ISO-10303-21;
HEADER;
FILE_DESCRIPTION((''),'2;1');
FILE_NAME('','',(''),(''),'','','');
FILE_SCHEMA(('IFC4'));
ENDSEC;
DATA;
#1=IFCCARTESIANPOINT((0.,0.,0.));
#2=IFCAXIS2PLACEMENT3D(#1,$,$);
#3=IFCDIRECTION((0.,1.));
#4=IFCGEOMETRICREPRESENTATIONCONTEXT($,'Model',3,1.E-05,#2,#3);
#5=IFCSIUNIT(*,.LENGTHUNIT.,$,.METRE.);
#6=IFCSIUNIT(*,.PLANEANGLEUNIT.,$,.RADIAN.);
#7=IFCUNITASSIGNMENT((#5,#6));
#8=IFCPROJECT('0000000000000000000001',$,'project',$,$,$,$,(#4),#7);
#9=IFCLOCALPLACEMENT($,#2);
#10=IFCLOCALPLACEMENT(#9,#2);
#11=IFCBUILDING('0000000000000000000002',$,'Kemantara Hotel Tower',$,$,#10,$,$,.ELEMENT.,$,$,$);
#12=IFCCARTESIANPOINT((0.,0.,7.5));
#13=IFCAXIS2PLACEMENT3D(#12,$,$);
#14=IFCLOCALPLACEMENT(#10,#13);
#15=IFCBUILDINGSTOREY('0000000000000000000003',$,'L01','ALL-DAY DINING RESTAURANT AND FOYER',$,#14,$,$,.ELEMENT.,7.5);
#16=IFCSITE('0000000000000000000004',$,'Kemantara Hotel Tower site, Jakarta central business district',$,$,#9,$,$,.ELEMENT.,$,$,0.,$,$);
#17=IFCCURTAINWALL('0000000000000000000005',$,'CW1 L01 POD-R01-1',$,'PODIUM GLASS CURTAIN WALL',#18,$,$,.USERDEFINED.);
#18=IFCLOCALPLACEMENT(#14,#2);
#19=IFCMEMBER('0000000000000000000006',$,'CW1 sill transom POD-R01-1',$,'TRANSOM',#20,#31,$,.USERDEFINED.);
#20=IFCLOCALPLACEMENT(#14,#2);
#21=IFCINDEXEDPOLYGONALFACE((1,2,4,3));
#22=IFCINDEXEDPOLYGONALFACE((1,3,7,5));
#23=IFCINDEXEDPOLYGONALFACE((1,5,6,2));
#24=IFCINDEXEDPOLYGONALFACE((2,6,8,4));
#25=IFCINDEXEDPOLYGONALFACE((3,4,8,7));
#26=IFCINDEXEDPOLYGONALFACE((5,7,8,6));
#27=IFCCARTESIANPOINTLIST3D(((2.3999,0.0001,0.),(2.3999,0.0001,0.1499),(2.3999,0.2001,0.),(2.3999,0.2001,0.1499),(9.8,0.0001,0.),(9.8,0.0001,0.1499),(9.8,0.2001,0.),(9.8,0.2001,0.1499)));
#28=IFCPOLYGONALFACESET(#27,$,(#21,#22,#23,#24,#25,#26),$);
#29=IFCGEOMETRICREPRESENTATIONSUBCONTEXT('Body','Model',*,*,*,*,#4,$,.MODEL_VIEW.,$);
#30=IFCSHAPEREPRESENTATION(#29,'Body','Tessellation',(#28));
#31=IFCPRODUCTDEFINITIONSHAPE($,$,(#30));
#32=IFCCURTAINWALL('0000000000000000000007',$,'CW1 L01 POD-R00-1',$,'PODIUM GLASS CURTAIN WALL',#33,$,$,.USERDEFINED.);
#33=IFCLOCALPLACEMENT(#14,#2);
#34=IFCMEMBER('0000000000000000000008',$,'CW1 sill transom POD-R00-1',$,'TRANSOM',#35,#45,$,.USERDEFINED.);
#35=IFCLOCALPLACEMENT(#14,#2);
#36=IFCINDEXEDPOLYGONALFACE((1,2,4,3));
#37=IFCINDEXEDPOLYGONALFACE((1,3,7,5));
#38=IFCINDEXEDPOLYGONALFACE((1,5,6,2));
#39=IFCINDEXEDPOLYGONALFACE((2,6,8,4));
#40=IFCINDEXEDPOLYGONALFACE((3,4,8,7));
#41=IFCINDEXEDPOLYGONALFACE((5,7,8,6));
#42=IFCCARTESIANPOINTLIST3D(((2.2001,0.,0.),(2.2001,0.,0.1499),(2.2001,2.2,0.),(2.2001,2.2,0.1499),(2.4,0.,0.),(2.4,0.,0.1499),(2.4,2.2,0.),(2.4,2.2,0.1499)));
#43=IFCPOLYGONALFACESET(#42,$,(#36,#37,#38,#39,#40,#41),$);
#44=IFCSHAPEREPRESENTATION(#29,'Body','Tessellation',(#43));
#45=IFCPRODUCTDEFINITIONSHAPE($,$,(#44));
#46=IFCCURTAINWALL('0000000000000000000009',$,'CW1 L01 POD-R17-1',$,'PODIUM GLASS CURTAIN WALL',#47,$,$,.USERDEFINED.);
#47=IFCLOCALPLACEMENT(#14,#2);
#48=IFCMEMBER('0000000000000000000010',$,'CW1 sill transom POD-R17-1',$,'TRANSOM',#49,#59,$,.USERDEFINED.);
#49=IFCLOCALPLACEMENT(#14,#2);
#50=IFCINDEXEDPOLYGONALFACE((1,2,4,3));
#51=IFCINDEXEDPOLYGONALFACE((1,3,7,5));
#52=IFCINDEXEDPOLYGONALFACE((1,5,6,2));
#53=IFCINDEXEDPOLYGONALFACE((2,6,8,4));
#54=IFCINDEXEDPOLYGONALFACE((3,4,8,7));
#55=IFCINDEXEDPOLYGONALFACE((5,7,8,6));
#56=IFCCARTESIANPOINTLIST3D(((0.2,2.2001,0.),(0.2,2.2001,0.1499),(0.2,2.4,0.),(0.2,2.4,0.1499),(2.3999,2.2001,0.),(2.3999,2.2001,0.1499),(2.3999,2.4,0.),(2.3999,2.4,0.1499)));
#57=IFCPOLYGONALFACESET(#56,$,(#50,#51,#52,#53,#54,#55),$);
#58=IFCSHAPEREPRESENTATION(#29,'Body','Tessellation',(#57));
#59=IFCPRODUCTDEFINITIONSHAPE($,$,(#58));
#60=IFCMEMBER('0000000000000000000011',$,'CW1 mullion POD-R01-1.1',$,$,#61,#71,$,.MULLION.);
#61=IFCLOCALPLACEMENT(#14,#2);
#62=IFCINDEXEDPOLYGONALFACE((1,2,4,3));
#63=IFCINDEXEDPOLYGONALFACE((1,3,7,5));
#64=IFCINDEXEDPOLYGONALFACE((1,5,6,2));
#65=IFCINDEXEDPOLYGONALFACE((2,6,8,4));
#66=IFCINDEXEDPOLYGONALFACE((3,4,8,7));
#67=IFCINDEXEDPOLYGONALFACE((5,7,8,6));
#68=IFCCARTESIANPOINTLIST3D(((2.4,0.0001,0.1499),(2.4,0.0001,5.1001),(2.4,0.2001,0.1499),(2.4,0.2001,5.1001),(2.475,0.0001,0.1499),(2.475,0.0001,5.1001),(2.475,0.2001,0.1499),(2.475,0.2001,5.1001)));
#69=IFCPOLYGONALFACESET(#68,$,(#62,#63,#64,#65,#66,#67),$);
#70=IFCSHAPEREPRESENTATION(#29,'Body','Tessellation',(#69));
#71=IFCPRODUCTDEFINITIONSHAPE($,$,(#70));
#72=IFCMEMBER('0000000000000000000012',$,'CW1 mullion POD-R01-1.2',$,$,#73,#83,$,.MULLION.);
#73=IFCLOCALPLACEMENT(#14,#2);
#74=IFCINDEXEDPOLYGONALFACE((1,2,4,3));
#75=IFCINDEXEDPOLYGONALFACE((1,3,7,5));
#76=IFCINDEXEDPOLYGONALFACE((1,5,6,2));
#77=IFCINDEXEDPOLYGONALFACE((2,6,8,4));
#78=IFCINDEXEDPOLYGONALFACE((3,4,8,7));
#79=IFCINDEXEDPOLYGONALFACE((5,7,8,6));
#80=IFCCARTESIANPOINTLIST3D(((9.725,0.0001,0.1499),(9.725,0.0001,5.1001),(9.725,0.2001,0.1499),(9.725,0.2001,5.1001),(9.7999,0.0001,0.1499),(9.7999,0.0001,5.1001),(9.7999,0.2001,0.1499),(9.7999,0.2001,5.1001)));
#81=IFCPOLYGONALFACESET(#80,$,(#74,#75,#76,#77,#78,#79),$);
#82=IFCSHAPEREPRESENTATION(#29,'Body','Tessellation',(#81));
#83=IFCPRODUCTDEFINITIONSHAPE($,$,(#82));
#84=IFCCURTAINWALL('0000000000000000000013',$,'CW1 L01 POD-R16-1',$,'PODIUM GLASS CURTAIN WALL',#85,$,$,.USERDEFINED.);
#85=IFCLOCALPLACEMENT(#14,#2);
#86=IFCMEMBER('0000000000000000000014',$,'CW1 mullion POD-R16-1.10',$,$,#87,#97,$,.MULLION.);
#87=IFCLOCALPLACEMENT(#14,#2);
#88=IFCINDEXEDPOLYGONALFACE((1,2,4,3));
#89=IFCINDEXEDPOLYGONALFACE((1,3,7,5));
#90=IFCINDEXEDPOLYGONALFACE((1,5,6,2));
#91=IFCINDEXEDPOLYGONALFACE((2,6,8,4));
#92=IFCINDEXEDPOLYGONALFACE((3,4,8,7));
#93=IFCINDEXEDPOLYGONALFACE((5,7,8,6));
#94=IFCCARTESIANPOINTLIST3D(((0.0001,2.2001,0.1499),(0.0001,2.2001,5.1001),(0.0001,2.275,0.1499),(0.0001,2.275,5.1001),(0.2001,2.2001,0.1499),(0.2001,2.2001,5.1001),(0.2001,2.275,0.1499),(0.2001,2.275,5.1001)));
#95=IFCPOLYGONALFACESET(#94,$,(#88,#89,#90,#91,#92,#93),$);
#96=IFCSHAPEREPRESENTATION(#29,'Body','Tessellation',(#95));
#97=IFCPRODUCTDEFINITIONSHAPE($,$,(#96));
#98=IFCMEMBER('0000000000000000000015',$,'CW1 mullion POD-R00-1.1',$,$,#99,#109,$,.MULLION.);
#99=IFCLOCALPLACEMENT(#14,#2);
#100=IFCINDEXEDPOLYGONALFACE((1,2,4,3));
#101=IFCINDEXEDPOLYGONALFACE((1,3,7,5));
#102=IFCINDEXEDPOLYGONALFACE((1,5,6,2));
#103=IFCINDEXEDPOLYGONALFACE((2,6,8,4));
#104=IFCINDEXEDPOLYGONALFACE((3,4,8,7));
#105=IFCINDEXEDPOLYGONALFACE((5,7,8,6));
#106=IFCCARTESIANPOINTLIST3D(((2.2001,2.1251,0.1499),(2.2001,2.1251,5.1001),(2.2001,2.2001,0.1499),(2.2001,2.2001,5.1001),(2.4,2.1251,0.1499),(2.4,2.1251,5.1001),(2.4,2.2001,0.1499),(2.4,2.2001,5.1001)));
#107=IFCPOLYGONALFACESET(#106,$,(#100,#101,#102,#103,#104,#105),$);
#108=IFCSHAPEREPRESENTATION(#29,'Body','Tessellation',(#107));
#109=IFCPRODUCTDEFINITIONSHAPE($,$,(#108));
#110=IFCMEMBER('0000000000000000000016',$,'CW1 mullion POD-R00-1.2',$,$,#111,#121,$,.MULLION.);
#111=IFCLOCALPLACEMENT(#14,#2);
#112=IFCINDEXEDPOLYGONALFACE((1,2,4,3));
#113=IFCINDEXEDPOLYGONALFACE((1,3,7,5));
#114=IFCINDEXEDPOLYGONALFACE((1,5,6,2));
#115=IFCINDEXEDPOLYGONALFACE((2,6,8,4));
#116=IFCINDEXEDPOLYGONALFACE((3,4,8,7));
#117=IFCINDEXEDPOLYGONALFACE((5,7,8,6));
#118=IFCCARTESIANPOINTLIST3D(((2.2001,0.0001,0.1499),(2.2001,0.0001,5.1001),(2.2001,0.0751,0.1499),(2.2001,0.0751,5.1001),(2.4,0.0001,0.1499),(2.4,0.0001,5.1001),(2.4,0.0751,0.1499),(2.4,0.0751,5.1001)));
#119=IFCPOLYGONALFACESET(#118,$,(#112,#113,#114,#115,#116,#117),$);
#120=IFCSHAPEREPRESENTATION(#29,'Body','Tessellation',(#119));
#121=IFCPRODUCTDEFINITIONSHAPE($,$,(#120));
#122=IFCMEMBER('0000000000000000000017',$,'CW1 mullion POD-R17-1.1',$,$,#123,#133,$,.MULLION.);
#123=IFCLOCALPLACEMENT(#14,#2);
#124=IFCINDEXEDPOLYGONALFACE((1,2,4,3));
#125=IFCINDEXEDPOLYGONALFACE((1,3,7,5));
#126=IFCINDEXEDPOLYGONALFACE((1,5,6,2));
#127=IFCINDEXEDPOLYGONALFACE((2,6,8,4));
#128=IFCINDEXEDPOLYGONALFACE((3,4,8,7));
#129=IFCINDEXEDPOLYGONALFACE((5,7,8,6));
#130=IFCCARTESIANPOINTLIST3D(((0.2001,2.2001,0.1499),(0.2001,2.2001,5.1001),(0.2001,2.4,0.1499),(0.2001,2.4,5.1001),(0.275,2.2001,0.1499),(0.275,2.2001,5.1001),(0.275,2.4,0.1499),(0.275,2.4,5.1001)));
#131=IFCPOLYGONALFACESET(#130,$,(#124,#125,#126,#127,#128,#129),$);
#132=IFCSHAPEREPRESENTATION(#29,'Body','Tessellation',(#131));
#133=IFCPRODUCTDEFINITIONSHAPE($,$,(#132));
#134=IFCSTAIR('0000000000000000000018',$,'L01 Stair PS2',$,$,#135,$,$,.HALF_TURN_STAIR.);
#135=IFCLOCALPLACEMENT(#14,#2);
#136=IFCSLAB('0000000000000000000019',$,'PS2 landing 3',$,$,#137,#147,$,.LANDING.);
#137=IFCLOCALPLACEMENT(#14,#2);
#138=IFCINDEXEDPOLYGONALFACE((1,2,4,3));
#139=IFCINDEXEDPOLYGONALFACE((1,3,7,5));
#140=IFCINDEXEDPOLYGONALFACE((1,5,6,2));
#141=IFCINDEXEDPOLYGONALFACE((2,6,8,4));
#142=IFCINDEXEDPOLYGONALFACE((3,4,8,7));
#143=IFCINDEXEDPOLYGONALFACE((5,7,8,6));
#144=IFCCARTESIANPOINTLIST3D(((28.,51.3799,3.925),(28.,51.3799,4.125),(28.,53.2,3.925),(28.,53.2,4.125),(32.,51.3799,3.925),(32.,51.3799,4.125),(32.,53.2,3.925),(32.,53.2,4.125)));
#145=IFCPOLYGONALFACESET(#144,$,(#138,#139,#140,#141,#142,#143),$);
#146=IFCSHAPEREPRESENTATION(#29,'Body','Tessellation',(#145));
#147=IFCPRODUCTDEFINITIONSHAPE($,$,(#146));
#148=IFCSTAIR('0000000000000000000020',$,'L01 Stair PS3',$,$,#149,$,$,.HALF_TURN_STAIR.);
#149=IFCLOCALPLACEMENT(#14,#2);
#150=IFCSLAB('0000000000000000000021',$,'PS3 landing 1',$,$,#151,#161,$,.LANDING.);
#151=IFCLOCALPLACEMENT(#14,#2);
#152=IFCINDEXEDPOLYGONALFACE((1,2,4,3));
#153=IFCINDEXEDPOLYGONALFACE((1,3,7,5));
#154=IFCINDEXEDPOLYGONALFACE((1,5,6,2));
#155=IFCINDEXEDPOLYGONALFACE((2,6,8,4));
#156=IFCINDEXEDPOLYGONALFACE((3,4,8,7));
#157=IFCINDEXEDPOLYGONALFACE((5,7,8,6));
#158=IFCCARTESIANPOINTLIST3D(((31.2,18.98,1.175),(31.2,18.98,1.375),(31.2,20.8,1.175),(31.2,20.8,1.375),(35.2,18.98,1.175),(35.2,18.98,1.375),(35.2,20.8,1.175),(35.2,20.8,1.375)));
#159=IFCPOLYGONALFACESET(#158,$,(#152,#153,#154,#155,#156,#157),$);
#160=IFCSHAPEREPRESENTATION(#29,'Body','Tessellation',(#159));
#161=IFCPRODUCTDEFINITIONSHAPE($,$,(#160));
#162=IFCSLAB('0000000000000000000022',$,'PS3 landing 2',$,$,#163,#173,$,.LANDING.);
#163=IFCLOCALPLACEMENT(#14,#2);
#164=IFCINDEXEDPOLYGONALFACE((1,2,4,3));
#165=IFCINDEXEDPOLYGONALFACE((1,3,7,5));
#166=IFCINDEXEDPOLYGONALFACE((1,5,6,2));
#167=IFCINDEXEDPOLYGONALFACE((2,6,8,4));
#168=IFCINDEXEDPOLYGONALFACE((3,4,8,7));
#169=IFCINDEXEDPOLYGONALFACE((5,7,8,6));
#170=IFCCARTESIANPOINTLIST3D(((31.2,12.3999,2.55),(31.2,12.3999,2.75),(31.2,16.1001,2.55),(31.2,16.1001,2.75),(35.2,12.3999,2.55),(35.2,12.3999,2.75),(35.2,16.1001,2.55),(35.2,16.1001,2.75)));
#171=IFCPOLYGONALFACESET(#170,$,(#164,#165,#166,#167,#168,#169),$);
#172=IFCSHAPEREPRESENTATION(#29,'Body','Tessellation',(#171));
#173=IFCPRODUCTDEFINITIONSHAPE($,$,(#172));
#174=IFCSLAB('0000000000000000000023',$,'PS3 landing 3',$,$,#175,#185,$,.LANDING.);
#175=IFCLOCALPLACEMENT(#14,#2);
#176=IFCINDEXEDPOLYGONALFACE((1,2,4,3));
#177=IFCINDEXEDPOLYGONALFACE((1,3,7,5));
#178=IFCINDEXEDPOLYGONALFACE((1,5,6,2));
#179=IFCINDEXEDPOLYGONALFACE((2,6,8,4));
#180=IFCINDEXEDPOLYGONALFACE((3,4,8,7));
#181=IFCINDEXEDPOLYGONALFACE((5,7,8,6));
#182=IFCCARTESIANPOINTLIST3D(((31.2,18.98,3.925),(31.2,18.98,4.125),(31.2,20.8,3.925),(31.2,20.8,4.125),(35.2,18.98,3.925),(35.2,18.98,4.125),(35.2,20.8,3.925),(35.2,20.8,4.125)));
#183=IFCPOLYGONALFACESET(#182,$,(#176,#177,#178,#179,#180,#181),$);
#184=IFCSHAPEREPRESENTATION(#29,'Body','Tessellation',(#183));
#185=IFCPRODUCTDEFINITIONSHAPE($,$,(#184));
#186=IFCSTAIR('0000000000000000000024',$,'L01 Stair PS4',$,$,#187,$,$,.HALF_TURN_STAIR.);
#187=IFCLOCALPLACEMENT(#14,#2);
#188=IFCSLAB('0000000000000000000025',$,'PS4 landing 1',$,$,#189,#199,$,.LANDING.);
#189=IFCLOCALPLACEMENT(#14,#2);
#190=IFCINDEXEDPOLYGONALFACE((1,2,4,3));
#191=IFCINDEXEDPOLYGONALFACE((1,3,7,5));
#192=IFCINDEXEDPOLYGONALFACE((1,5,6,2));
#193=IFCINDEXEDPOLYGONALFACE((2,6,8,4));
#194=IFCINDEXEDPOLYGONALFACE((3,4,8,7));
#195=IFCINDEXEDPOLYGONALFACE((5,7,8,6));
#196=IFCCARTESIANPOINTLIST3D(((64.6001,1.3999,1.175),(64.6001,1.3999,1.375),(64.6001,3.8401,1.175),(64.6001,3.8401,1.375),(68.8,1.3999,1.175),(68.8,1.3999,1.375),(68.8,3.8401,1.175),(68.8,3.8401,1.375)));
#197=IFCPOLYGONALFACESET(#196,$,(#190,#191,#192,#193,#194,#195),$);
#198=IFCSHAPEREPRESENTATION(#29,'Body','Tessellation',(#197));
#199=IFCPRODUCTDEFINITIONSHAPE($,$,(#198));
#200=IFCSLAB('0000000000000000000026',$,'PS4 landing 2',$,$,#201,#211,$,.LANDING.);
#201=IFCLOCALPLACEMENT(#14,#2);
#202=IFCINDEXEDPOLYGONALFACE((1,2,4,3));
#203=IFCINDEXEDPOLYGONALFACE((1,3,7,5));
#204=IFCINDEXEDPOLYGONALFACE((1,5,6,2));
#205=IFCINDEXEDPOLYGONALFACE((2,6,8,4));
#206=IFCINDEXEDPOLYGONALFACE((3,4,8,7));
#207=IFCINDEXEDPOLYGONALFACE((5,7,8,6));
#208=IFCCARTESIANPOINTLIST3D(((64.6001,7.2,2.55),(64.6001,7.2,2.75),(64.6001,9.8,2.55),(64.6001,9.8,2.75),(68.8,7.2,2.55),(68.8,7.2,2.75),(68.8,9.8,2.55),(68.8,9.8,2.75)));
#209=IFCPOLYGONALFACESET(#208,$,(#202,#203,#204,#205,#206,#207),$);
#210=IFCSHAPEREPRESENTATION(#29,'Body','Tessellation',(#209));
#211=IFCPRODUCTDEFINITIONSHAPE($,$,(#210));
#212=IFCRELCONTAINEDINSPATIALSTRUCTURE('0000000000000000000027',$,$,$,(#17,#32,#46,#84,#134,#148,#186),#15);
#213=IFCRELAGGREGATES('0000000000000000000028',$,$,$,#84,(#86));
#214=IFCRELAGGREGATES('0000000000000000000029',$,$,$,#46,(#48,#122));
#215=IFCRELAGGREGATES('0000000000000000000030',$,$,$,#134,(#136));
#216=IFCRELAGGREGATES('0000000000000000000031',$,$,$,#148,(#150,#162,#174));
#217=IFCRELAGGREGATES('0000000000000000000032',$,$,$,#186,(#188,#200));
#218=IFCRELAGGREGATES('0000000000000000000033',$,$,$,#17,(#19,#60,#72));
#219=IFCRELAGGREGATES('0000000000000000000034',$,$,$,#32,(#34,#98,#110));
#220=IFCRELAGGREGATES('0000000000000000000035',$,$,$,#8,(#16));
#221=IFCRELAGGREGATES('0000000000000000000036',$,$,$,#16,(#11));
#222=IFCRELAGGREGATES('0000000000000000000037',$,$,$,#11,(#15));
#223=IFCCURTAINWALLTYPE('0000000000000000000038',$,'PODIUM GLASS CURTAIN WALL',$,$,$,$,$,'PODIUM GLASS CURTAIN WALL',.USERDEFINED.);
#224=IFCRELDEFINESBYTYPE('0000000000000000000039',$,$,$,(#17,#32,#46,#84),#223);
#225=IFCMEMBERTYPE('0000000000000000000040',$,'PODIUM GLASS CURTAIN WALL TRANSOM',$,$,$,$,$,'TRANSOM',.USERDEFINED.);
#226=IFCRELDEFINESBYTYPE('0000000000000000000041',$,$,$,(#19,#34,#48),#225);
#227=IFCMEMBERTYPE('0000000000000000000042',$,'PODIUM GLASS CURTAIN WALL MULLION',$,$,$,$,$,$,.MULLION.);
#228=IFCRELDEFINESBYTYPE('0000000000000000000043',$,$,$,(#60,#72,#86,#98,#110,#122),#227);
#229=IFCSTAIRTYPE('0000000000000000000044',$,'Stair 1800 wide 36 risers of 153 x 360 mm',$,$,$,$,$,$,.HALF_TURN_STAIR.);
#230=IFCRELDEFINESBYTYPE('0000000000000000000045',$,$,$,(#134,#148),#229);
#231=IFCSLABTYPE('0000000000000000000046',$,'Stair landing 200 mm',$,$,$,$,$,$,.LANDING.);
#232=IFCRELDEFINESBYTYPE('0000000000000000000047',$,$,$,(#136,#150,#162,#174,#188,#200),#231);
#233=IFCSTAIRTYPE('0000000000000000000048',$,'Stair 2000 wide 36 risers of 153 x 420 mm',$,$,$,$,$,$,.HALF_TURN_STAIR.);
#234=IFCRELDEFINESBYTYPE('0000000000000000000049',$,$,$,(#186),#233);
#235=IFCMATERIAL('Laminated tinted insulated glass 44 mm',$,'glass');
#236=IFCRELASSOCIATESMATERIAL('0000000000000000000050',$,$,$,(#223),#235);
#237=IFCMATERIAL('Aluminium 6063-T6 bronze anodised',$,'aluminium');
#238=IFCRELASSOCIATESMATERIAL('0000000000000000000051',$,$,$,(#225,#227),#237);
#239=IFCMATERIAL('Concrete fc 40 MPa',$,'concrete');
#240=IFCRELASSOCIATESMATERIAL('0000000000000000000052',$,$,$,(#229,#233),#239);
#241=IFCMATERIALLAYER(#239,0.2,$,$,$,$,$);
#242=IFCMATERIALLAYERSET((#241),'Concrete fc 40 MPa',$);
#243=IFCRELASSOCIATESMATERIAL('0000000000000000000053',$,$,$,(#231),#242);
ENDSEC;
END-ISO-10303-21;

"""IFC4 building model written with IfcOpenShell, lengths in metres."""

from ifc_helpers import new_model, si_unit, direction, frame, origin, origin_2d, place, context, subcontext, project, spatial, polyline, rectangle, outline, extrude, source, transform, mapped, material, layer, layer_set, material_profile, profile_set, type_object, element, aggregate, save


model = new_model("IFC4")

# Units and contexts
model_context = context("Model", 3, precision=1e-05, world=origin(), true_north=direction((0.0, 1.0)))
body_context = subcontext(model_context, "Body", "Model", "MODEL_VIEW")
ifc_project = project(units=[si_unit("LENGTHUNIT", "METRE"), si_unit("PLANEANGLEUNIT", "RADIAN")], contexts=[model_context])

# Site, building, storey
site_placement = place(None, origin())
site = spatial("IfcSite", under=ifc_project, at=site_placement, Name="Kemantara Hotel Tower site, Jakarta central business district", CompositionType="ELEMENT", RefElevation=0.0)
building_placement = place(site_placement, origin())
building = spatial("IfcBuilding", under=site, at=building_placement, Name="Kemantara Hotel Tower", CompositionType="ELEMENT")
storey_placement = place(building_placement, frame((0.0, 0.0, 7.5)))
storey = spatial("IfcBuildingStorey", under=building, at=storey_placement, Name="L01", Description="ALL-DAY DINING RESTAURANT AND FOYER", CompositionType="ELEMENT", Elevation=7.5)

# Curtain walls, members
ifc_material_1 = material(Name="Laminated tinted insulated glass 44 mm", Category="glass")
curtain_wall_type = type_object("IfcCurtainWallType", Name="PODIUM GLASS CURTAIN WALL", ElementType="PODIUM GLASS CURTAIN WALL", PredefinedType="USERDEFINED", material=ifc_material_1)
curtain_wall_1_placement = place(storey_placement, origin())
curtain_wall_1 = element("IfcCurtainWall", 1, at=curtain_wall_1_placement, inside=storey, type_object=curtain_wall_type, Name="CW1 L01 POD-R01-1", ObjectType="PODIUM GLASS CURTAIN WALL", PredefinedType="USERDEFINED")
ifc_material_2 = material(Name="Aluminium 6063-T6 bronze anodised", Category="aluminium")
ifc_material_profile_1 = material_profile(ifc_material_2, rectangle(XDim=0.2, YDim=0.1499, at=origin_2d()), Name="PODIUM GLASS CURTAIN WALL TRANSOM")
ifc_profile_set_1 = profile_set([ifc_material_profile_1], Name="Aluminium 6063-T6 bronze anodised")
member_type_1 = type_object("IfcMemberType", Name="PODIUM GLASS CURTAIN WALL TRANSOM", ElementType="TRANSOM", PredefinedType="USERDEFINED", material=ifc_profile_set_1)
member_1_placement = place(storey_placement, frame((2.3999, 0.1001, 0.075), z_axis=(1.0, 0.0, 0.0), x_axis=(0.0, 1.0, 0.0)))
member_1 = element("IfcMember", 2, at=member_1_placement, type_object=member_type_1, Name="CW1 sill transom POD-R01-1", ObjectType="TRANSOM", PredefinedType="USERDEFINED", context=body_context, shape_type="SweptSolid", body=[
    extrude(rectangle(XDim=0.2, YDim=0.1499, at=origin_2d()), origin(), (0.0, 0.0, 1.0), 7.4001),
])
curtain_wall_2_placement = place(storey_placement, origin())
curtain_wall_2 = element("IfcCurtainWall", 3, at=curtain_wall_2_placement, inside=storey, type_object=curtain_wall_type, Name="CW1 L01 POD-R00-1", ObjectType="PODIUM GLASS CURTAIN WALL", PredefinedType="USERDEFINED")
member_2_placement = place(storey_placement, frame((2.3, 2.2, 0.075), z_axis=(0.0, -1.0, 0.0), x_axis=(1.0, 0.0, 0.0)))
member_2 = element("IfcMember", 4, at=member_2_placement, type_object=member_type_1, Name="CW1 sill transom POD-R00-1", ObjectType="TRANSOM", PredefinedType="USERDEFINED", context=body_context, shape_type="SweptSolid", body=[
    extrude(rectangle(XDim=0.2, YDim=0.1499, at=origin_2d()), origin(), (0.0, 0.0, 1.0), 2.2),
])
curtain_wall_3_placement = place(storey_placement, origin())
curtain_wall_3 = element("IfcCurtainWall", 5, at=curtain_wall_3_placement, inside=storey, type_object=curtain_wall_type, Name="CW1 L01 POD-R17-1", ObjectType="PODIUM GLASS CURTAIN WALL", PredefinedType="USERDEFINED")
member_3_placement = place(storey_placement, frame((0.2, 2.3, 0.075), z_axis=(1.0, 0.0, 0.0), x_axis=(0.0, 1.0, 0.0)))
member_3 = element("IfcMember", 6, at=member_3_placement, type_object=member_type_1, Name="CW1 sill transom POD-R17-1", ObjectType="TRANSOM", PredefinedType="USERDEFINED", context=body_context, shape_type="SweptSolid", body=[
    extrude(rectangle(XDim=0.2, YDim=0.1499, at=origin_2d()), origin(), (0.0, 0.0, 1.0), 2.2),
])

# Members
ifc_material_profile_2 = material_profile(ifc_material_2, rectangle(XDim=0.2, YDim=0.075, at=origin_2d()), Name="PODIUM GLASS CURTAIN WALL MULLION")
ifc_profile_set_2 = profile_set([ifc_material_profile_2], Name="Aluminium 6063-T6 bronze anodised")
member_type_2 = type_object("IfcMemberType", Name="PODIUM GLASS CURTAIN WALL MULLION", PredefinedType="MULLION", material=ifc_profile_set_2)
shared_shape_1 = source(origin(), body_context, "Body", "SweptSolid", [
    extrude(rectangle(XDim=0.2, YDim=0.075, at=origin_2d()), origin(), (0.0, 0.0, 1.0), 4.9502),
])
member_4_placement = place(storey_placement, frame((2.4375, 0.1001, 0.1499), z_axis=(0.0, 0.0, 1.0), x_axis=(0.0, 1.0, 0.0)))
member_4 = element("IfcMember", 7, at=member_4_placement, type_object=member_type_2, Name="CW1 mullion POD-R01-1.1", PredefinedType="MULLION", context=body_context, shape_type="MappedRepresentation", body=[
    mapped(shared_shape_1, transform((0.0, 0.0, 0.0))),
])
member_5_placement = place(storey_placement, frame((9.7625, 0.1001, 0.1499), z_axis=(0.0, 0.0, 1.0), x_axis=(0.0, 1.0, 0.0)))
member_5 = element("IfcMember", 8, at=member_5_placement, type_object=member_type_2, Name="CW1 mullion POD-R01-1.2", PredefinedType="MULLION", context=body_context, shape_type="MappedRepresentation", body=[
    mapped(shared_shape_1, transform((0.0, 0.0, 0.0))),
])

# Curtain wall, member
curtain_wall_4_placement = place(storey_placement, origin())
curtain_wall_4 = element("IfcCurtainWall", 9, at=curtain_wall_4_placement, inside=storey, type_object=curtain_wall_type, Name="CW1 L01 POD-R16-1", ObjectType="PODIUM GLASS CURTAIN WALL", PredefinedType="USERDEFINED")
member_6_placement = place(storey_placement, frame((0.1001, 2.2375, 0.1499), z_axis=(0.0, 0.0, 1.0), x_axis=(1.0, 0.0, 0.0)))
member_6 = element("IfcMember", 10, at=member_6_placement, type_object=member_type_2, Name="CW1 mullion POD-R16-1.10", PredefinedType="MULLION", context=body_context, shape_type="MappedRepresentation", body=[
    mapped(shared_shape_1, transform((0.0, 0.0, 0.0))),
])
aggregate(curtain_wall_4, [member_6])

# Members
member_7_placement = place(storey_placement, frame((2.3, 2.1626, 0.1499), z_axis=(0.0, 0.0, 1.0), x_axis=(1.0, 0.0, 0.0)))
member_7 = element("IfcMember", 11, at=member_7_placement, type_object=member_type_2, Name="CW1 mullion POD-R00-1.1", PredefinedType="MULLION", context=body_context, shape_type="MappedRepresentation", body=[
    mapped(shared_shape_1, transform((0.0, 0.0, 0.0))),
])
member_8_placement = place(storey_placement, frame((2.3, 0.0376, 0.1499), z_axis=(0.0, 0.0, 1.0), x_axis=(1.0, 0.0, 0.0)))
member_8 = element("IfcMember", 12, at=member_8_placement, type_object=member_type_2, Name="CW1 mullion POD-R00-1.2", PredefinedType="MULLION", context=body_context, shape_type="MappedRepresentation", body=[
    mapped(shared_shape_1, transform((0.0, 0.0, 0.0))),
])
member_9_placement = place(storey_placement, frame((0.2375, 2.3, 0.1499), z_axis=(0.0, 0.0, 1.0), x_axis=(0.0, 1.0, 0.0)))
member_9 = element("IfcMember", 13, at=member_9_placement, type_object=member_type_2, Name="CW1 mullion POD-R17-1.1", PredefinedType="MULLION", context=body_context, shape_type="MappedRepresentation", body=[
    mapped(shared_shape_1, transform((0.0, 0.0, 0.0))),
])
aggregate(curtain_wall_3, [member_3, member_9])

# Stair, slab
ifc_material_3 = material(Name="Concrete fc 40 MPa", Category="concrete")
stair_type_1 = type_object("IfcStairType", Name="Stair 1800 wide 36 risers of 153 x 360 mm", PredefinedType="HALF_TURN_STAIR", material=ifc_material_3)
stair_1_placement = place(storey_placement, origin())
stair_1 = element("IfcStair", 14, at=stair_1_placement, inside=storey, type_object=stair_type_1, Name="L01 Stair PS2", PredefinedType="HALF_TURN_STAIR")
ifc_layer_1 = layer(ifc_material_3, 0.2)
ifc_layer_set_1 = layer_set([ifc_layer_1], Name="Concrete fc 40 MPa")
slab_type = type_object("IfcSlabType", Name="Stair landing 200 mm", PredefinedType="LANDING", material=ifc_layer_set_1)
slab_1_placement = place(storey_placement, frame((0.0, 0.0, 3.925)))
slab_1 = element("IfcSlab", 15, at=slab_1_placement, type_object=slab_type, Name="PS2 landing 3", PredefinedType="LANDING", context=body_context, shape_type="SweptSolid", body=[
    extrude(outline(polyline([(32.0, 51.3799), (32.0, 53.2), (28.0, 53.2), (28.0, 51.3799), (32.0, 51.3799)])), origin(), (0.0, 0.0, 1.0), 0.2),
])
aggregate(stair_1, [slab_1])

# Stairs, slabs
stair_2_placement = place(storey_placement, origin())
stair_2 = element("IfcStair", 16, at=stair_2_placement, inside=storey, type_object=stair_type_1, Name="L01 Stair PS3", PredefinedType="HALF_TURN_STAIR")
slab_2_placement = place(storey_placement, frame((0.0, 0.0, 1.175)))
slab_2 = element("IfcSlab", 17, at=slab_2_placement, type_object=slab_type, Name="PS3 landing 1", PredefinedType="LANDING", context=body_context, shape_type="SweptSolid", body=[
    extrude(outline(polyline([(35.2, 18.98), (35.2, 20.8), (31.2, 20.8), (31.2, 18.98), (35.2, 18.98)])), origin(), (0.0, 0.0, 1.0), 0.2),
])
slab_3_placement = place(storey_placement, frame((0.0, 0.0, 2.55)))
slab_3 = element("IfcSlab", 18, at=slab_3_placement, type_object=slab_type, Name="PS3 landing 2", PredefinedType="LANDING", context=body_context, shape_type="SweptSolid", body=[
    extrude(outline(polyline([(35.2, 12.3999), (35.2, 16.1001), (31.2, 16.1001), (31.2, 12.3999), (35.2, 12.3999)])), origin(), (0.0, 0.0, 1.0), 0.2),
])
slab_4_placement = place(storey_placement, frame((0.0, 0.0, 3.925)))
slab_4 = element("IfcSlab", 19, at=slab_4_placement, type_object=slab_type, Name="PS3 landing 3", PredefinedType="LANDING", context=body_context, shape_type="SweptSolid", body=[
    extrude(outline(polyline([(35.2, 18.98), (35.2, 20.8), (31.2, 20.8), (31.2, 18.98), (35.2, 18.98)])), origin(), (0.0, 0.0, 1.0), 0.2),
])
aggregate(stair_2, [slab_2, slab_3, slab_4])
stair_type_2 = type_object("IfcStairType", Name="Stair 2000 wide 36 risers of 153 x 420 mm", PredefinedType="HALF_TURN_STAIR", material=ifc_material_3)
stair_3_placement = place(storey_placement, origin())
stair_3 = element("IfcStair", 20, at=stair_3_placement, inside=storey, type_object=stair_type_2, Name="L01 Stair PS4", PredefinedType="HALF_TURN_STAIR")
slab_5_placement = place(storey_placement, frame((0.0, 0.0, 1.175)))
slab_5 = element("IfcSlab", 21, at=slab_5_placement, type_object=slab_type, Name="PS4 landing 1", PredefinedType="LANDING", context=body_context, shape_type="SweptSolid", body=[
    extrude(outline(polyline([(64.6001, 3.8401), (64.6001, 1.3999), (68.8, 1.3999), (68.8, 3.8401), (64.6001, 3.8401)])), origin(), (0.0, 0.0, 1.0), 0.2),
])
slab_6_placement = place(storey_placement, frame((0.0, 0.0, 2.55)))
slab_6 = element("IfcSlab", 22, at=slab_6_placement, type_object=slab_type, Name="PS4 landing 2", PredefinedType="LANDING", context=body_context, shape_type="SweptSolid", body=[
    extrude(outline(polyline([(64.6001, 9.8), (64.6001, 7.2), (68.8, 7.2), (68.8, 9.8), (64.6001, 9.8)])), origin(), (0.0, 0.0, 1.0), 0.2),
])
aggregate(stair_3, [slab_5, slab_6])

aggregate(curtain_wall_1, [member_1, member_4, member_5])
aggregate(curtain_wall_2, [member_2, member_7, member_8])

save(model, "model.ifc")
